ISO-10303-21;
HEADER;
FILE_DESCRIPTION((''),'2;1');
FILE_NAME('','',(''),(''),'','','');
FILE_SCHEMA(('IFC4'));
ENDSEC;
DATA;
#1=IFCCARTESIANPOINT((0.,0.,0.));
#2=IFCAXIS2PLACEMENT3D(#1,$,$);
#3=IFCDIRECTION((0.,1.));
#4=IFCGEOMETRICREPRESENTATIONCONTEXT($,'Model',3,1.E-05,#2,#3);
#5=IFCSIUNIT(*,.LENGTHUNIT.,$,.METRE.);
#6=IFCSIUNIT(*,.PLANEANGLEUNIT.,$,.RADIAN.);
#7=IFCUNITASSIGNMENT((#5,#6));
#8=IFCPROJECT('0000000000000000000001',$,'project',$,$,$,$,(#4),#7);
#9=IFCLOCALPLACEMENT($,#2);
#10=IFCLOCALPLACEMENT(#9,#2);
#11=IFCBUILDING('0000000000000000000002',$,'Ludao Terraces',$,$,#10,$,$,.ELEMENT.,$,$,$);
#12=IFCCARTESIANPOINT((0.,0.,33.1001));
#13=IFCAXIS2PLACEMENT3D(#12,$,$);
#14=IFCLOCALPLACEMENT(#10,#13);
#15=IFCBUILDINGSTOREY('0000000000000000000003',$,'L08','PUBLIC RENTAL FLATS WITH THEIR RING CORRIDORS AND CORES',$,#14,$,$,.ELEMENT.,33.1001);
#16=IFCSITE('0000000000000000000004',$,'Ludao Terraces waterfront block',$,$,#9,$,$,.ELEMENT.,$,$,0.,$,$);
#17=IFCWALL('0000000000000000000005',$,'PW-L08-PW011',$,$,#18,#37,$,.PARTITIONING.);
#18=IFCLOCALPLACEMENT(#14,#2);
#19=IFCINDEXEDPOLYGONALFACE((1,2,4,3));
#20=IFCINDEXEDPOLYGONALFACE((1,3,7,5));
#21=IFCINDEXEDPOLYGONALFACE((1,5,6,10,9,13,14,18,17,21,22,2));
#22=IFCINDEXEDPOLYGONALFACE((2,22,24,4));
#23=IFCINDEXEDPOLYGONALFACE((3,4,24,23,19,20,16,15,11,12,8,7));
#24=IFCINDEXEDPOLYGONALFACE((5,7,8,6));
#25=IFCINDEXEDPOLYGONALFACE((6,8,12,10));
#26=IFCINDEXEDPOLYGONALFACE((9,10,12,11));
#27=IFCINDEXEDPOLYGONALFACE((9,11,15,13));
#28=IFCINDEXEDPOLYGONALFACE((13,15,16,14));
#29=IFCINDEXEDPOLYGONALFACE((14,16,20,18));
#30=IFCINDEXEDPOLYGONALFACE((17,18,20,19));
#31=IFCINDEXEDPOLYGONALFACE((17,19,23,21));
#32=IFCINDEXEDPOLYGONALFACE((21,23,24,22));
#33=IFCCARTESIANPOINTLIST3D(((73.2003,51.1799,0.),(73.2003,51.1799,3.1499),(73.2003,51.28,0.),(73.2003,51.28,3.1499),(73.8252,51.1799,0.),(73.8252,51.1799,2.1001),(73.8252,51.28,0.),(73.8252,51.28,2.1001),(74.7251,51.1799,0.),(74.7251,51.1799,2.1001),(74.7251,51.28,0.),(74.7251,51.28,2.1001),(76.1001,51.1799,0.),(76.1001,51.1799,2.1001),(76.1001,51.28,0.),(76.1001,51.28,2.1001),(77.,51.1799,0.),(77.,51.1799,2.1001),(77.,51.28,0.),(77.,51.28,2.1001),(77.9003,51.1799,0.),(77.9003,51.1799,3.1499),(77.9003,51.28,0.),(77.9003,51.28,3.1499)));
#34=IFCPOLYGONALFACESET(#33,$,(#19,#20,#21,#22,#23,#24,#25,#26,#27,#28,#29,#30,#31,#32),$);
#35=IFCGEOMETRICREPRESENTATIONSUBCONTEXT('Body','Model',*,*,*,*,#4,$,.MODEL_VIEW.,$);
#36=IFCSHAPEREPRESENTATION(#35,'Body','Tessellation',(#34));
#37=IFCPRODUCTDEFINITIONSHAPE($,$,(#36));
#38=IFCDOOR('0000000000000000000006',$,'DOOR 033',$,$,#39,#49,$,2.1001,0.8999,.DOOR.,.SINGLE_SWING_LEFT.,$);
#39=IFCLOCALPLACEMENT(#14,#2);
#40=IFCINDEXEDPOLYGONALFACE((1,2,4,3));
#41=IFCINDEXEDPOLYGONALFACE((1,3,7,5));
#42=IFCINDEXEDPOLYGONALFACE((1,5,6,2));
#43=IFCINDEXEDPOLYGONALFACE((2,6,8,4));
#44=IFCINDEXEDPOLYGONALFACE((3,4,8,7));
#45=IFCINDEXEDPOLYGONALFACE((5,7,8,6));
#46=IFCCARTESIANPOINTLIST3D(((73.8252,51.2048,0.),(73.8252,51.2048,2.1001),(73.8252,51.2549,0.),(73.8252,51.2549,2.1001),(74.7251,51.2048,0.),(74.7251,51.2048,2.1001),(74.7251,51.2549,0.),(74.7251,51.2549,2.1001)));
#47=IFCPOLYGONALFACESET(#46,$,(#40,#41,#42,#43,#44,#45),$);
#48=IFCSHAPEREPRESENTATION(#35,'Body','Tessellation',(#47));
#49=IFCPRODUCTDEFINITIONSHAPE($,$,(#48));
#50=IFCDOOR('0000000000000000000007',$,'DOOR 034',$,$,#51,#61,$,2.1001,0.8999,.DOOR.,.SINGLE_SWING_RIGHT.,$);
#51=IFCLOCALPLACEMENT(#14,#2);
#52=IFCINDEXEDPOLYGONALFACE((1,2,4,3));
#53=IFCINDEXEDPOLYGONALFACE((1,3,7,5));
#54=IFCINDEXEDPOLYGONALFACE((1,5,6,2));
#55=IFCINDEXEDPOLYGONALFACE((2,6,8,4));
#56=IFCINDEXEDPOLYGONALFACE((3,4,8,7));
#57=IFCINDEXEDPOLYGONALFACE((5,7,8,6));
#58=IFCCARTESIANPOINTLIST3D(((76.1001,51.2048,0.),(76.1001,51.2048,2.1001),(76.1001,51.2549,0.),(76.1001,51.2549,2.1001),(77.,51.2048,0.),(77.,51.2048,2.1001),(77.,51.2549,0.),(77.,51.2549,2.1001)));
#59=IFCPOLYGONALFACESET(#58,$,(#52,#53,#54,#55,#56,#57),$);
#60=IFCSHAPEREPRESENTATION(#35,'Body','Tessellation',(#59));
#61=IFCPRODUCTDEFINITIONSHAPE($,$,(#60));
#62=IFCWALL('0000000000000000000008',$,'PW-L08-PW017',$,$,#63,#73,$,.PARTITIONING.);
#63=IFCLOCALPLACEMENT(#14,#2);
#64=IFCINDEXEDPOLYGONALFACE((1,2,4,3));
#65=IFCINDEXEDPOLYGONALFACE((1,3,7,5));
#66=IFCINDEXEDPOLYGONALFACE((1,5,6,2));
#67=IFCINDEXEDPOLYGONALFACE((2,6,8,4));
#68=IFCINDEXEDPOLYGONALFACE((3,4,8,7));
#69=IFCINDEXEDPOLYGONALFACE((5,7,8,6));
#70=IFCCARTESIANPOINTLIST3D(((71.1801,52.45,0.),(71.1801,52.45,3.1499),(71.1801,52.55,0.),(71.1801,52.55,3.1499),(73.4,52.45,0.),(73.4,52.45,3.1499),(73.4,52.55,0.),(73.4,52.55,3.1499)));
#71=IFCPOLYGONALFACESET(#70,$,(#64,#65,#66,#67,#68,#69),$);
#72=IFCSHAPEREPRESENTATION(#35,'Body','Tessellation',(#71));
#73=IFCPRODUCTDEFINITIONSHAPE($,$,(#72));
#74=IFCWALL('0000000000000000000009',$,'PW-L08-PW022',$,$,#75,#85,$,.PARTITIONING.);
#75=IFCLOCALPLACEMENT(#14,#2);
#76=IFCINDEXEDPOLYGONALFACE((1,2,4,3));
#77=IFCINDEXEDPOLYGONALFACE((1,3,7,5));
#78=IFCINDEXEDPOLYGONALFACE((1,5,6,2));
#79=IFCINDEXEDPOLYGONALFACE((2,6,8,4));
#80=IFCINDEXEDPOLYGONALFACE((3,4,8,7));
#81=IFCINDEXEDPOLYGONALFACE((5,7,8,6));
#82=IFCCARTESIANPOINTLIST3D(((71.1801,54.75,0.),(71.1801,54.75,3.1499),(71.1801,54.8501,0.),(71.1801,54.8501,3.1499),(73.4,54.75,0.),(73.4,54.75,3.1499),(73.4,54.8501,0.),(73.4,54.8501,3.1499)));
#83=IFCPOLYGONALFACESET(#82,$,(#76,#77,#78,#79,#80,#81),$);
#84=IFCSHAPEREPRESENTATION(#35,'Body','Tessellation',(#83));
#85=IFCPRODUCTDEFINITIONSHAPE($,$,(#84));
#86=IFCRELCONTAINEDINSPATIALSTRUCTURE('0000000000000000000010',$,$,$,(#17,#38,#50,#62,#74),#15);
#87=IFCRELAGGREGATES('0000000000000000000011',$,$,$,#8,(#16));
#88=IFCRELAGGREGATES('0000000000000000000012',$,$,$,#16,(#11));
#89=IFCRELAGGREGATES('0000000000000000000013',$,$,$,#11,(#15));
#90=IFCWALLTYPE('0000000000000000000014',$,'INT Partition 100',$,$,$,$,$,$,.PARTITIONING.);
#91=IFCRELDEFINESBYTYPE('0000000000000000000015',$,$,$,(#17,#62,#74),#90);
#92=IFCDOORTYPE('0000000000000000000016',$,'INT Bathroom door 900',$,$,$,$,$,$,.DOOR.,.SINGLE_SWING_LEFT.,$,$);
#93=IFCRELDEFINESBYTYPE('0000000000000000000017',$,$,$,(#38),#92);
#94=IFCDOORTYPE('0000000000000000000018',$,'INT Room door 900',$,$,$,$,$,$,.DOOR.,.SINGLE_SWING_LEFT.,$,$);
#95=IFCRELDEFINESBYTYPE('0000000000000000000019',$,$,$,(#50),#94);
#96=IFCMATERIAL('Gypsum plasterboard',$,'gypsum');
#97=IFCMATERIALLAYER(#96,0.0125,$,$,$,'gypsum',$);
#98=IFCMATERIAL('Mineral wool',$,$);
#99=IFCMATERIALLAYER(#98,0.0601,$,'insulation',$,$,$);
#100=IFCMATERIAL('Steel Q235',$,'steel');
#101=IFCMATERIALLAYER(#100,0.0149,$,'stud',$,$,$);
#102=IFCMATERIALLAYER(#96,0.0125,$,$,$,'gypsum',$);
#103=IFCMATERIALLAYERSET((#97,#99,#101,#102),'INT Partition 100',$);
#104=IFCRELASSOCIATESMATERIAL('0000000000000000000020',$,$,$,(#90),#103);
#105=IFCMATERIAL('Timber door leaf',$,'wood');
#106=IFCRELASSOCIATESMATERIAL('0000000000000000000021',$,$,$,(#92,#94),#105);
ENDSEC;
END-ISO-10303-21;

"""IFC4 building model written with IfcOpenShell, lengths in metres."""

from ifc_helpers import new_model, si_unit, direction, frame, frame_2d, origin, place, context, subcontext, project, spatial, rectangle, extrude, material, layer, layer_set, type_object, element, fill, save


model = new_model("IFC4")

# Units and contexts
model_context = context("Model", 3, precision=1e-05, world=origin(), true_north=direction((0.0, 1.0)))
body_context = subcontext(model_context, "Body", "Model", "MODEL_VIEW")
ifc_project = project(units=[si_unit("LENGTHUNIT", "METRE"), si_unit("PLANEANGLEUNIT", "RADIAN")], contexts=[model_context])

# Site, building, storey
site_placement = place(None, origin())
site = spatial("IfcSite", under=ifc_project, at=site_placement, Name="Ludao Terraces waterfront block", CompositionType="ELEMENT", RefElevation=0.0)
building_placement = place(site_placement, origin())
building = spatial("IfcBuilding", under=site, at=building_placement, Name="Ludao Terraces", CompositionType="ELEMENT")
storey_placement = place(building_placement, frame((0.0, 0.0, 33.1001)))
storey = spatial("IfcBuildingStorey", under=building, at=storey_placement, Name="L08", Description="PUBLIC RENTAL FLATS WITH THEIR RING CORRIDORS AND CORES", CompositionType="ELEMENT", Elevation=33.1001)

# Shared definitions
ifc_material_1 = material(Name="Steel Q235", Category="steel")

# Shared definitions
ifc_material_2 = material(Name="Gypsum plasterboard", Category="gypsum")
ifc_layer_1 = layer(ifc_material_2, 0.0125, Category="gypsum")
ifc_material_3 = material(Name="Mineral wool")
ifc_layer_2 = layer(ifc_material_3, 0.0601, Name="insulation")
ifc_layer_3 = layer(ifc_material_1, 0.0149, Name="stud")
ifc_layer_4 = layer(ifc_material_2, 0.0125, Category="gypsum")
ifc_layer_set_1 = layer_set([ifc_layer_1, ifc_layer_2, ifc_layer_3, ifc_layer_4], Name="INT Partition 100")
wall_type_1 = type_object("IfcWallType", Name="INT Partition 100", PredefinedType="PARTITIONING", material=ifc_layer_set_1)

# Wall, openings, doors
wall_1_placement = place(storey_placement, frame((73.2002, 51.23, 0.0), z_axis=(0.0, 0.0, 1.0), x_axis=(1.0, 0.0, 0.0)))
wall_1 = element("IfcWall", 1, at=wall_1_placement, inside=storey, type_object=wall_type_1, Name="PW-L08-PW011", PredefinedType="PARTITIONING", context=body_context, shape_type="SweptSolid", body=[
    extrude(rectangle(XDim=4.7, YDim=0.1001, at=frame_2d((2.3501, 0.0))), origin(), (0.0, 0.0, 1.0), 3.1499),
])
opening_1_placement = place(wall_1_placement, frame((0.625, 0.0, 0.0)))
opening_1 = element("IfcOpeningElement", 2, at=opening_1_placement, cuts=wall_1, PredefinedType="OPENING", context=body_context, shape_type="SweptSolid", body=[
    extrude(rectangle(XDim=0.8999, YDim=2.1001, at=frame_2d((0.45, 1.05))), frame((0.0, 0.0601, 0.0), z_axis=(0.0, -1.0, 0.0), x_axis=(1.0, 0.0, 0.0)), (0.0, 0.0, 1.0), 0.1201),
])
opening_2_placement = place(wall_1_placement, frame((2.8999, 0.0, 0.0)))
opening_2 = element("IfcOpeningElement", 3, at=opening_2_placement, cuts=wall_1, PredefinedType="OPENING", context=body_context, shape_type="SweptSolid", body=[
    extrude(rectangle(XDim=0.8999, YDim=2.1001, at=frame_2d((0.45, 1.05))), frame((0.0, 0.0601, 0.0), z_axis=(0.0, -1.0, 0.0), x_axis=(1.0, 0.0, 0.0)), (0.0, 0.0, 1.0), 0.1201),
])
ifc_material_4 = material(Name="Timber door leaf", Category="wood")
door_type_1 = type_object("IfcDoorType", Name="INT Bathroom door 900", OperationType="SINGLE_SWING_LEFT", PredefinedType="DOOR", material=ifc_material_4)
door_1_placement = place(opening_1_placement, origin())
door_1 = element("IfcDoor", 4, at=door_1_placement, inside=storey, type_object=door_type_1, Name="DOOR 033", OperationType="SINGLE_SWING_LEFT", OverallHeight=2.1001, OverallWidth=0.8999, PredefinedType="DOOR", context=body_context, shape_type="SweptSolid", body=[
    extrude(rectangle(XDim=0.8999, YDim=2.1001, at=frame_2d((0.45, 1.05))), frame((0.0, 0.0249, 0.0), z_axis=(0.0, -1.0, 0.0), x_axis=(1.0, 0.0, 0.0)), (0.0, 0.0, 1.0), 0.05),
])
fill(opening_1, door_1)
door_type_2 = type_object("IfcDoorType", Name="INT Room door 900", OperationType="SINGLE_SWING_LEFT", PredefinedType="DOOR", material=ifc_material_4)
door_2_placement = place(opening_2_placement, origin())
door_2 = element("IfcDoor", 5, at=door_2_placement, inside=storey, type_object=door_type_2, Name="DOOR 034", OperationType="SINGLE_SWING_RIGHT", OverallHeight=2.1001, OverallWidth=0.8999, PredefinedType="DOOR", context=body_context, shape_type="SweptSolid", body=[
    extrude(rectangle(XDim=0.8999, YDim=2.1001, at=frame_2d((0.45, 1.05))), frame((0.0, 0.0249, 0.0), z_axis=(0.0, -1.0, 0.0), x_axis=(1.0, 0.0, 0.0)), (0.0, 0.0, 1.0), 0.05),
])
fill(opening_2, door_2)

# Walls
for number, where, z_axis, x_axis, name in (
    (6, (71.1802, 52.5, 0.0), (0.0, 0.0, 1.0), (1.0, 0.0, 0.0), "PW-L08-PW017"),
    (7, (71.1802, 54.8, 0.0), (0.0, 0.0, 1.0), (1.0, 0.0, 0.0), "PW-L08-PW022"),
):
    element("IfcWall", number, at=place(storey_placement, frame(where, z_axis=z_axis, x_axis=x_axis)), inside=storey, type_object=wall_type_1, Name=name, PredefinedType="PARTITIONING", context=body_context, shape_type="SweptSolid", body=[
        extrude(rectangle(XDim=2.22, YDim=0.1001, at=frame_2d((1.1099, 0.0))), origin(), (0.0, 0.0, 1.0), 3.1499),
    ])

save(model, "model.ifc")
